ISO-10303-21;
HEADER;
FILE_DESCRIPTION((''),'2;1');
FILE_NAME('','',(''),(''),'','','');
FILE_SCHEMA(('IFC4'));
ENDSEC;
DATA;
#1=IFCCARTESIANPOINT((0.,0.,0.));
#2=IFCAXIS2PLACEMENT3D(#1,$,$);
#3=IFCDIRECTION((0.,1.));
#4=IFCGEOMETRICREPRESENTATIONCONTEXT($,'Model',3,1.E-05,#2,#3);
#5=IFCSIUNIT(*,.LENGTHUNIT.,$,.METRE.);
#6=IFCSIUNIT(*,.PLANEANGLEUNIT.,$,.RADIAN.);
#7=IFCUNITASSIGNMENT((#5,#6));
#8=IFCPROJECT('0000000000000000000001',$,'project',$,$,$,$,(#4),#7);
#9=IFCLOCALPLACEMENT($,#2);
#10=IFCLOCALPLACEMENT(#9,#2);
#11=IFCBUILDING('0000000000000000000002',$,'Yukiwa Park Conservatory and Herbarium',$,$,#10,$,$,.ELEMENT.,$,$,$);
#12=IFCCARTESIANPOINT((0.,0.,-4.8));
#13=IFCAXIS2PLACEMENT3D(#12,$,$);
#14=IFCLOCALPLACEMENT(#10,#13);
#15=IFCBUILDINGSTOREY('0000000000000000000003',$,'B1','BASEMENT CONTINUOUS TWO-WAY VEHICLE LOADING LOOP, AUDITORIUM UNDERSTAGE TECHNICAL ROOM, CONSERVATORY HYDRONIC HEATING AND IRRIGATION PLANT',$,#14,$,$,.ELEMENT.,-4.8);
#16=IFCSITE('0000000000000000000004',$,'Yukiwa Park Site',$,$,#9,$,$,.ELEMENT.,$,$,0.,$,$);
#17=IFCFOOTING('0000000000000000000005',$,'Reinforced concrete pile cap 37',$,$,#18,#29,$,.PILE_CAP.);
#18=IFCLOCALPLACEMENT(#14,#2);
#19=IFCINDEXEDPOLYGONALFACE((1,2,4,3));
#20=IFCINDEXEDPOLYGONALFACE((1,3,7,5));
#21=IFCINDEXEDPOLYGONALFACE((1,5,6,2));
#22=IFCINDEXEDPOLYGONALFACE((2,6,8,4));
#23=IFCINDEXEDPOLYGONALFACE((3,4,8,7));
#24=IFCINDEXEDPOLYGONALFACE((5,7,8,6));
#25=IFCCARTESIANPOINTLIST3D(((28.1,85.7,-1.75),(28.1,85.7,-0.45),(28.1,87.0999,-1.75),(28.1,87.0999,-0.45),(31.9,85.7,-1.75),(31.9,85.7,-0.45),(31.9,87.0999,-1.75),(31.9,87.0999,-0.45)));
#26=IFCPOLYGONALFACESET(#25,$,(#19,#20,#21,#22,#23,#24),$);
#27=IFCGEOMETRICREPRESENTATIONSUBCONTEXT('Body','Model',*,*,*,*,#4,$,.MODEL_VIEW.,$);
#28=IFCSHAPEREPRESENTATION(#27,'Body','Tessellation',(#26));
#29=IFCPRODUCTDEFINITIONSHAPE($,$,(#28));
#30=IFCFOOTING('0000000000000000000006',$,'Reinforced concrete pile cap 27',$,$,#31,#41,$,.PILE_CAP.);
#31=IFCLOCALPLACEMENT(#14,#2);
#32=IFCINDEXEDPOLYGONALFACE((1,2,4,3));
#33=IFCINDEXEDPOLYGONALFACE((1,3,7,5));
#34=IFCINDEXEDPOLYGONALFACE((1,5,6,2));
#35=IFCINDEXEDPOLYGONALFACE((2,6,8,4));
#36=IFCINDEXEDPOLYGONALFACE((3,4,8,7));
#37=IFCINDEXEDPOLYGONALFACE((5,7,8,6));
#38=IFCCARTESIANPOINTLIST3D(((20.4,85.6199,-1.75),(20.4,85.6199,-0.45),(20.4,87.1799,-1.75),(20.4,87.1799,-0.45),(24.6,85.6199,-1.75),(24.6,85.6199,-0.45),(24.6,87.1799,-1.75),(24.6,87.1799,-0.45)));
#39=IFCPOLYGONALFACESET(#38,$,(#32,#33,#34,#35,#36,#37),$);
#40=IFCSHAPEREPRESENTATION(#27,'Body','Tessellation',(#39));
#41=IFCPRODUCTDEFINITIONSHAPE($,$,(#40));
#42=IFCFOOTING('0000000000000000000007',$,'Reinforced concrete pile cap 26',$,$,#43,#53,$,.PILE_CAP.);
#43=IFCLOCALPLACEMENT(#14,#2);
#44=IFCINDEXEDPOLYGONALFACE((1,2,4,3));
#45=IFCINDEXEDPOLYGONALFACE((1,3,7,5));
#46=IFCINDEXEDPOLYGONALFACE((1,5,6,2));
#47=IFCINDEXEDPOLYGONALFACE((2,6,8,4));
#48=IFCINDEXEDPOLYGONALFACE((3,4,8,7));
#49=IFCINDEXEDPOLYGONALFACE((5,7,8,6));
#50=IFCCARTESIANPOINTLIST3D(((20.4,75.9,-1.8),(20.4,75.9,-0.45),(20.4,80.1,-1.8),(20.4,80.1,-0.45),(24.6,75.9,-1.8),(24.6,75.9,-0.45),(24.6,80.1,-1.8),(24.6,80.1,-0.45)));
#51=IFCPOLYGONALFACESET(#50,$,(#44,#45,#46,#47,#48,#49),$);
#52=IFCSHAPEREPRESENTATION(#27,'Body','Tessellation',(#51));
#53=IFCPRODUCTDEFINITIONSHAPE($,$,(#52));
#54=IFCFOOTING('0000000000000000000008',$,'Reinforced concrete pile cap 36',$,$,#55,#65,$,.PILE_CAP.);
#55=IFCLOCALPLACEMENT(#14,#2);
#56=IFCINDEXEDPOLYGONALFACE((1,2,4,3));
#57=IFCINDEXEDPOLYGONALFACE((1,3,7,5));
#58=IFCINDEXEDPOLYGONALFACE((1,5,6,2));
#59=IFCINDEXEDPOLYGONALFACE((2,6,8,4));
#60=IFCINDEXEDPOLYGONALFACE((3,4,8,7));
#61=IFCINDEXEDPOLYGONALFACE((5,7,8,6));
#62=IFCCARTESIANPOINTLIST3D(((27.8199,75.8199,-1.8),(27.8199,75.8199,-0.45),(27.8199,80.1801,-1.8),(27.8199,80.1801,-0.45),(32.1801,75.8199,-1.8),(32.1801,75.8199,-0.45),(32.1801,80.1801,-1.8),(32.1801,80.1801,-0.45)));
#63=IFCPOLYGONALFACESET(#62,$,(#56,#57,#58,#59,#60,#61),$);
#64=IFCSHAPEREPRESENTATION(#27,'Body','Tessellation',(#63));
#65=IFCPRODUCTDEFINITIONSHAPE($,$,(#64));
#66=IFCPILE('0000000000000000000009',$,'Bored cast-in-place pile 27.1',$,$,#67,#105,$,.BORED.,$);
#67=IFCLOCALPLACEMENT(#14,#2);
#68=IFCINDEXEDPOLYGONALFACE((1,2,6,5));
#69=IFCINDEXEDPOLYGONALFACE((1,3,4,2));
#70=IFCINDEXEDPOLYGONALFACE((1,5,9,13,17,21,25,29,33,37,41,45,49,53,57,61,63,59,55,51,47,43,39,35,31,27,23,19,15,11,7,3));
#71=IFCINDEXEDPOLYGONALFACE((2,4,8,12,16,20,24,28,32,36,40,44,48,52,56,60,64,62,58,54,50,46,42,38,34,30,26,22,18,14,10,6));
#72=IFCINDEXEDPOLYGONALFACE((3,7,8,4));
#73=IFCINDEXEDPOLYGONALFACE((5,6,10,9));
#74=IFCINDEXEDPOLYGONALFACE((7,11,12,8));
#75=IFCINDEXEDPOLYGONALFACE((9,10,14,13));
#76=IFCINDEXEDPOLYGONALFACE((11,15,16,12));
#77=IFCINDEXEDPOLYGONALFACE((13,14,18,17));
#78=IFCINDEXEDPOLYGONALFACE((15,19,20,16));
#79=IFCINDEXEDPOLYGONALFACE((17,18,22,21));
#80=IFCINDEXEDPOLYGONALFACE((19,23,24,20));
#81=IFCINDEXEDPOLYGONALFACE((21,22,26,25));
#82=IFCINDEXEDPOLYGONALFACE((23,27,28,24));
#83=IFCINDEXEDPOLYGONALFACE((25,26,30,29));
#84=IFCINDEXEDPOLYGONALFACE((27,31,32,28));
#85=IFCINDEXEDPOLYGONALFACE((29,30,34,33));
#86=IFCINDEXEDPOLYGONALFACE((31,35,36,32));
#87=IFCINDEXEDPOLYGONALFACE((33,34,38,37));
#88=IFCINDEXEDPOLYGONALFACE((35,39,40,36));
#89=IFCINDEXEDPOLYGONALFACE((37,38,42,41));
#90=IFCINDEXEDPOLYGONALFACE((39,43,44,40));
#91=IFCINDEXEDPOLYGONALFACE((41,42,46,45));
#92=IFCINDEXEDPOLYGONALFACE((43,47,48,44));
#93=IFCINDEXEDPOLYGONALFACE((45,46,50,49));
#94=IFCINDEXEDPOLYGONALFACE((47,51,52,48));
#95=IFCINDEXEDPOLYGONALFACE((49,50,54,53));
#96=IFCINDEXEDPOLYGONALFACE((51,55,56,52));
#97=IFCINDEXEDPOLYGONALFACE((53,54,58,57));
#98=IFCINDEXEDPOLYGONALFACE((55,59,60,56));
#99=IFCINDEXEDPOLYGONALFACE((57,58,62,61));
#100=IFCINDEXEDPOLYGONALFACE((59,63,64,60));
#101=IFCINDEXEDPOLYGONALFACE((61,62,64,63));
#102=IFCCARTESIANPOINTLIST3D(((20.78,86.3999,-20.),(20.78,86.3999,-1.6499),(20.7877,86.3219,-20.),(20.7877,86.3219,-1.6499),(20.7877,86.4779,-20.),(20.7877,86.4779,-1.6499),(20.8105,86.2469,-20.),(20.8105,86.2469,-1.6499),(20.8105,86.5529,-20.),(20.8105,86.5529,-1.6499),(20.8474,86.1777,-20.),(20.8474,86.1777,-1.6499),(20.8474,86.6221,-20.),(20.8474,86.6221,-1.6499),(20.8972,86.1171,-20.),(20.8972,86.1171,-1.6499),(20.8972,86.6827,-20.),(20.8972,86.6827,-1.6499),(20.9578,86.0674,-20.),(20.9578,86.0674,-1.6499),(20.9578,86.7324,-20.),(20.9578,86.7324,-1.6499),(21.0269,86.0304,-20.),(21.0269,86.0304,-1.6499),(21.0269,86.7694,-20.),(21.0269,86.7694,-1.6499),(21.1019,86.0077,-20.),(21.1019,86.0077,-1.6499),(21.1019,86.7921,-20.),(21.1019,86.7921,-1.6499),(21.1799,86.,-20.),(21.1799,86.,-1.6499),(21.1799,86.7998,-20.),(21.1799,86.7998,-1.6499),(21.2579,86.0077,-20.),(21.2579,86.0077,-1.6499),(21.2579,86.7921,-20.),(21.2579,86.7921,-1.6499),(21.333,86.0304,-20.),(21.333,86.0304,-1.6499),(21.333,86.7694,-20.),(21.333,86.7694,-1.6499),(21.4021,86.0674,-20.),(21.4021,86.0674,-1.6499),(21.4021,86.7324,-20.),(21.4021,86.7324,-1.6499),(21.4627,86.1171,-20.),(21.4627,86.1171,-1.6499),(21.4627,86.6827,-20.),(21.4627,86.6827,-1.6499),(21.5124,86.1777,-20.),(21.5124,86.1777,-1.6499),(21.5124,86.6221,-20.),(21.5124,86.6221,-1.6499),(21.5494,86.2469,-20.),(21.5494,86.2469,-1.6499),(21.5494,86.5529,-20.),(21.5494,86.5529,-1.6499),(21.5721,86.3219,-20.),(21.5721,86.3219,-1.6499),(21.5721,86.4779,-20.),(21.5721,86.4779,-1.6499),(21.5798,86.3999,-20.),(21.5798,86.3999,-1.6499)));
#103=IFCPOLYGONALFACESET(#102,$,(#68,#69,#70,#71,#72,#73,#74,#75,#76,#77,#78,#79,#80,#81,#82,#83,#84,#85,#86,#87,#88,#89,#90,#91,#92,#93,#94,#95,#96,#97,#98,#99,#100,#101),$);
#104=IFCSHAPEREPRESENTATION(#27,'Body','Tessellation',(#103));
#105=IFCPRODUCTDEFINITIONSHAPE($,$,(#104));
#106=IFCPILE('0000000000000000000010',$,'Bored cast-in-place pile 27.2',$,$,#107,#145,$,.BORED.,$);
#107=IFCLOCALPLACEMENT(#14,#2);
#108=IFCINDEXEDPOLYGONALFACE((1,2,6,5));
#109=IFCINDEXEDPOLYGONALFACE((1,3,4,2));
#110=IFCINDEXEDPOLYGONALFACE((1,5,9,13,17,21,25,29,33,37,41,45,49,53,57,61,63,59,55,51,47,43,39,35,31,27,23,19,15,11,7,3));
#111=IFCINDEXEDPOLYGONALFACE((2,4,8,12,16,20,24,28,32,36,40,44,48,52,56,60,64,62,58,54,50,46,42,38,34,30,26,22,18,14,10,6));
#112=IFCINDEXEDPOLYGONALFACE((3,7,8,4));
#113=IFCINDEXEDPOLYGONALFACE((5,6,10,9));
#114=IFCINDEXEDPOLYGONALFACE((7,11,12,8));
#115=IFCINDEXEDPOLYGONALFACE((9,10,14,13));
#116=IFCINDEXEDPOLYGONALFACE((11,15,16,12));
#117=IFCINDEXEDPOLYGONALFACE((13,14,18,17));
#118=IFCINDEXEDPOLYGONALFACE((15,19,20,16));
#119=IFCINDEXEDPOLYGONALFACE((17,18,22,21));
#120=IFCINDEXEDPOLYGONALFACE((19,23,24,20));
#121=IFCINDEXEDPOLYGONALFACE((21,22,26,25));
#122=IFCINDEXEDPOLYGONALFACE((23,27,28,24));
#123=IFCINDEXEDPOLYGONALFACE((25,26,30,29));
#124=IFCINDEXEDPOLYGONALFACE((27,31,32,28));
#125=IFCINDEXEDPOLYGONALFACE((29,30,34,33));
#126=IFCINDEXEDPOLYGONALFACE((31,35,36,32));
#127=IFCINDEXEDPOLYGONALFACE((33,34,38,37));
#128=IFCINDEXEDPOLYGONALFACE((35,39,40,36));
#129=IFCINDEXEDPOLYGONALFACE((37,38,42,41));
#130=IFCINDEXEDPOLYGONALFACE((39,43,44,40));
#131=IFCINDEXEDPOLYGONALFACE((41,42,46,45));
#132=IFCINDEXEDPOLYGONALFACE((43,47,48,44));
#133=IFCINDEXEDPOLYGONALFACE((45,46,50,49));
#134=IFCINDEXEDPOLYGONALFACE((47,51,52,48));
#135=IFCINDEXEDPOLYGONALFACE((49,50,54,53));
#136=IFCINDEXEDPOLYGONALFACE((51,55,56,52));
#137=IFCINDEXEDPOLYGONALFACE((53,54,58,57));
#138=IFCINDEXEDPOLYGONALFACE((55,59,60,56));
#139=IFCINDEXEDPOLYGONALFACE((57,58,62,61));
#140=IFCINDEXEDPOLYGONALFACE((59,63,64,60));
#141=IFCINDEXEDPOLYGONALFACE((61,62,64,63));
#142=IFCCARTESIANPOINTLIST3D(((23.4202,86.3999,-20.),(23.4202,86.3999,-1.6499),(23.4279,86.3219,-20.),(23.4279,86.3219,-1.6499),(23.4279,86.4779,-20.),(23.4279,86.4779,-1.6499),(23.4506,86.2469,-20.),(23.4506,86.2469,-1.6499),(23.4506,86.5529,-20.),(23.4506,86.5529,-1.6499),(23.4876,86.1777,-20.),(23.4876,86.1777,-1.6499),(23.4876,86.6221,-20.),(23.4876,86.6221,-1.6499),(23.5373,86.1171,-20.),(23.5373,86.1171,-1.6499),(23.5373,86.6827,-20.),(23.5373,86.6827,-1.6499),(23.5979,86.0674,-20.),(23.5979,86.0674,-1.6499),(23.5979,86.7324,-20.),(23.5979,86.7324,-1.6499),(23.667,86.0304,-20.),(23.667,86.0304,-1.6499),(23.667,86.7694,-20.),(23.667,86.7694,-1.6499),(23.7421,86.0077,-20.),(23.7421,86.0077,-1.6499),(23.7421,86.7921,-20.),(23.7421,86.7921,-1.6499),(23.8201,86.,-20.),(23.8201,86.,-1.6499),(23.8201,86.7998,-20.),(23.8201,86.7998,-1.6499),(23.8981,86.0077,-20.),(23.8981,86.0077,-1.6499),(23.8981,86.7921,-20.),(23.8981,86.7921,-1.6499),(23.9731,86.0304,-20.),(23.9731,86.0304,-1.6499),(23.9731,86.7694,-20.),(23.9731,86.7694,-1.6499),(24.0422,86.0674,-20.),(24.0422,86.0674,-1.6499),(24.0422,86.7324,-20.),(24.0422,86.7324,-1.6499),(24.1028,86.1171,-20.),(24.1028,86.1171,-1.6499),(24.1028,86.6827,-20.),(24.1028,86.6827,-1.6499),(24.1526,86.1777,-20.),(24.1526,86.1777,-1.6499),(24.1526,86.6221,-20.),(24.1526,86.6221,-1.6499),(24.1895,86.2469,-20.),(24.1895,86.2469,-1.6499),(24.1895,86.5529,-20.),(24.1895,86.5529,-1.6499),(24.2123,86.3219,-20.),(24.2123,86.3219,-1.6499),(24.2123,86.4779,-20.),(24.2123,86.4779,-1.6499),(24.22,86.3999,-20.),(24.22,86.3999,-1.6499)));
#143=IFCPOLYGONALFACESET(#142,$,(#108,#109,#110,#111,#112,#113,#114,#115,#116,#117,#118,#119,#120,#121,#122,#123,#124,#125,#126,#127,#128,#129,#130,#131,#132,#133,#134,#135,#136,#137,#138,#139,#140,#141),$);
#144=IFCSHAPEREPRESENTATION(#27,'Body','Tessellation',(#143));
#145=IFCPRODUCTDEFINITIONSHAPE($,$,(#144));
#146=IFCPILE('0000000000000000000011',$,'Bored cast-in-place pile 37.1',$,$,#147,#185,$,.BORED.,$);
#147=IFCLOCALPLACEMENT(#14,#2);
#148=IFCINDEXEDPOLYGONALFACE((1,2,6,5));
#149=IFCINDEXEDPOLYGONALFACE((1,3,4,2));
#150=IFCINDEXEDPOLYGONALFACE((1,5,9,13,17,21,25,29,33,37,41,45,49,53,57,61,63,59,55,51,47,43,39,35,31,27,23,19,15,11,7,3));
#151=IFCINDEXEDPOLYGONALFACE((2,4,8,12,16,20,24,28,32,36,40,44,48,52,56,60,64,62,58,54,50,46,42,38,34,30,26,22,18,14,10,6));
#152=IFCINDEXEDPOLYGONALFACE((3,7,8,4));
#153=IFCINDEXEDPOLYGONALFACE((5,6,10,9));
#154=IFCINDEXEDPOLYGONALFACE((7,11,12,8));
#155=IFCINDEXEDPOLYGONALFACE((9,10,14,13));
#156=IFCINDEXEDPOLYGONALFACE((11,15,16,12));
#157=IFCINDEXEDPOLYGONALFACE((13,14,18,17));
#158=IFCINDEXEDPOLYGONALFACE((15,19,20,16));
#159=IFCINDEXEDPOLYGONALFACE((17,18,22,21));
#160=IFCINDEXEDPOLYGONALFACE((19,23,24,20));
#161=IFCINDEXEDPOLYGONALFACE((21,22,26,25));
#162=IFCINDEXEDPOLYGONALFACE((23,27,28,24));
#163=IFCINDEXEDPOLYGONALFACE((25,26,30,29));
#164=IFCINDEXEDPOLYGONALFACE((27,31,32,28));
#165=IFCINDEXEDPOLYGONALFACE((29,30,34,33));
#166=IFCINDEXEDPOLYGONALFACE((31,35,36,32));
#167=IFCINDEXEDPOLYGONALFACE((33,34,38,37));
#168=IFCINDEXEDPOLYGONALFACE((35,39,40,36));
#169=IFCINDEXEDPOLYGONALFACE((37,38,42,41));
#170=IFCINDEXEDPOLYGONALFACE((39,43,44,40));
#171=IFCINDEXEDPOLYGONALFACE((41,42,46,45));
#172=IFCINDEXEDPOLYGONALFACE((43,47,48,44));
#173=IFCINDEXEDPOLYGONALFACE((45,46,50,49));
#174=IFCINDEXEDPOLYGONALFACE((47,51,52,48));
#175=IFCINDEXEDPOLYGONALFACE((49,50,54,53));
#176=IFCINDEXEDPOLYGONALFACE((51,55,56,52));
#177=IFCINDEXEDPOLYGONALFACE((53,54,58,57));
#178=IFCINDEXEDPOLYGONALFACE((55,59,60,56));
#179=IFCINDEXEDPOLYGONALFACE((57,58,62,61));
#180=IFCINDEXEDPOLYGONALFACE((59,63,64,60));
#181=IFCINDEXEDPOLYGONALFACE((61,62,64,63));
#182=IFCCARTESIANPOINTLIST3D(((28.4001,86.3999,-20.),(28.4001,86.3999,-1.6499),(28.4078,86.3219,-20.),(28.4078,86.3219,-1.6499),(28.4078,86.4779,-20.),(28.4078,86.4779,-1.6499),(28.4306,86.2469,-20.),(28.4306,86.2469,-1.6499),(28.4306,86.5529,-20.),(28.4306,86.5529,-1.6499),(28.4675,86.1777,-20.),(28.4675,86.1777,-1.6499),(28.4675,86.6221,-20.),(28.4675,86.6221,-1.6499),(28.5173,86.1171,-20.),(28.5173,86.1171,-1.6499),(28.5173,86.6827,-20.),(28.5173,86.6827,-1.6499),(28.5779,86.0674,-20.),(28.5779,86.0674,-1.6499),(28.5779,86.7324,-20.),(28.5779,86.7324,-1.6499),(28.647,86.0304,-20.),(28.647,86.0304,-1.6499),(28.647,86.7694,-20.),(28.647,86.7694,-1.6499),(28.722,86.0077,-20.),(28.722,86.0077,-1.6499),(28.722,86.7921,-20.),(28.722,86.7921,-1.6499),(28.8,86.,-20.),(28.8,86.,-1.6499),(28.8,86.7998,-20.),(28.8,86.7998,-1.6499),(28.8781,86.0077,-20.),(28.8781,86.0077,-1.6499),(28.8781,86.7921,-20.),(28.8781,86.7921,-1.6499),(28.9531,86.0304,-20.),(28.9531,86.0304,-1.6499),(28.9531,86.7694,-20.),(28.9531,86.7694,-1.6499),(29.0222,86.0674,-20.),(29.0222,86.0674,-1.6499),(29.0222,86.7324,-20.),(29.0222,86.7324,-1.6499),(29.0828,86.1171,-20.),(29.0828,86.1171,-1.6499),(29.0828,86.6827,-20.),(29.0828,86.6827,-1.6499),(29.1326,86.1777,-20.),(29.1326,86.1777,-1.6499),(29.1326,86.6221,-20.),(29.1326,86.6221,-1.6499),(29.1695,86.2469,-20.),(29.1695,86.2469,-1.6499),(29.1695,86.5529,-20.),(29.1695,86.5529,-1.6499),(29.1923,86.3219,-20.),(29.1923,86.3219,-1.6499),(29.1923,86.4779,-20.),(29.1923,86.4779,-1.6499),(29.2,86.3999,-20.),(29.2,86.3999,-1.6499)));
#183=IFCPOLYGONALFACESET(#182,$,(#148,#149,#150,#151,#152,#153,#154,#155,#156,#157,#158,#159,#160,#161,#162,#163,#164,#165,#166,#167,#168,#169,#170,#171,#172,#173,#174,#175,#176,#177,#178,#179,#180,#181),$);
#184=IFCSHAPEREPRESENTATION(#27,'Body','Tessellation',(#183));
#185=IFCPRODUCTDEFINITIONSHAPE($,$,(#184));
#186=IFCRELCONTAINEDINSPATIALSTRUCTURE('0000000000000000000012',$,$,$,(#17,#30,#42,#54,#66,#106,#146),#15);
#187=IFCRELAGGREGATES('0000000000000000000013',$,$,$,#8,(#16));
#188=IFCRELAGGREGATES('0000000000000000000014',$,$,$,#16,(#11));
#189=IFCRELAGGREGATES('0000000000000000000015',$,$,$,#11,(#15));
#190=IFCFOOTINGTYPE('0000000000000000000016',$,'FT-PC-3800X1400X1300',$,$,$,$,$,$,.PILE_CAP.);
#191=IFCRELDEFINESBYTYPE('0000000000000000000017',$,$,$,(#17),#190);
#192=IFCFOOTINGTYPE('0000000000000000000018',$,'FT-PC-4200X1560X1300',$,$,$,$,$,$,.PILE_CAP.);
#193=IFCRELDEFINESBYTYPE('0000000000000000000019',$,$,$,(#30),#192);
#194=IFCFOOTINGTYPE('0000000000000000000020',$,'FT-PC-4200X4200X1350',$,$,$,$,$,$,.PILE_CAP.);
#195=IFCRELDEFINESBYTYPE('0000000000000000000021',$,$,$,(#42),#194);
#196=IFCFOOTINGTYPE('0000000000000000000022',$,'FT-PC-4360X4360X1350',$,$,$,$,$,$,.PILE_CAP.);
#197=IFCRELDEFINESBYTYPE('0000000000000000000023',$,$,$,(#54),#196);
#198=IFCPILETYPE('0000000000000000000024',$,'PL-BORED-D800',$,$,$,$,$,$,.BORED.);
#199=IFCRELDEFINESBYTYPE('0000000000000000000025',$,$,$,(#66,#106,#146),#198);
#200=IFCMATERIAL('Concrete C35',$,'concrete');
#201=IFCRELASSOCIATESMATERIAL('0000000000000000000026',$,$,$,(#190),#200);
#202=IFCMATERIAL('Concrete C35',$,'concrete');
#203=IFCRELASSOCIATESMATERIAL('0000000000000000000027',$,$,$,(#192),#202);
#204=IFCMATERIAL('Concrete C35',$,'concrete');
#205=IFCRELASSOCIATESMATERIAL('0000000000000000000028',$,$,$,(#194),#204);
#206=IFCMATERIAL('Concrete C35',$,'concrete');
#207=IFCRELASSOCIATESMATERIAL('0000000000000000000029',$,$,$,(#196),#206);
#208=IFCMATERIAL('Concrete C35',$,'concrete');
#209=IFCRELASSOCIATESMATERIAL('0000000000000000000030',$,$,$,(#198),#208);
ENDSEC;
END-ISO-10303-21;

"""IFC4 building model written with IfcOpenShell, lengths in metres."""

from ifc_helpers import new_model, si_unit, direction, frame, origin, origin_2d, place, context, subcontext, project, spatial, rectangle, circle, extrude, material, material_profile, profile_set, type_object, element, save


model = new_model("IFC4")

# Units and contexts
model_context = context("Model", 3, precision=1e-05, world=origin(), true_north=direction((0.0, 1.0)))
body_context = subcontext(model_context, "Body", "Model", "MODEL_VIEW")
ifc_project = project(units=[si_unit("LENGTHUNIT", "METRE"), si_unit("PLANEANGLEUNIT", "RADIAN")], contexts=[model_context])

# Site, building, storey
site_placement = place(None, origin())
site = spatial("IfcSite", under=ifc_project, at=site_placement, Name="Yukiwa Park Site", CompositionType="ELEMENT", RefElevation=0.0)
building_placement = place(site_placement, origin())
building = spatial("IfcBuilding", under=site, at=building_placement, Name="Yukiwa Park Conservatory and Herbarium", CompositionType="ELEMENT")
storey_placement = place(building_placement, frame((0.0, 0.0, -4.8)))
storey = spatial("IfcBuildingStorey", under=building, at=storey_placement, Name="B1", Description="BASEMENT CONTINUOUS TWO-WAY VEHICLE LOADING LOOP, AUDITORIUM UNDERSTAGE TECHNICAL ROOM, CONSERVATORY HYDRONIC HEATING AND IRRIGATION PLANT", CompositionType="ELEMENT", Elevation=-4.8)

# Footings
ifc_material_1 = material(Name="Concrete C35", Category="concrete")
footing_type_1 = type_object("IfcFootingType", Name="FT-PC-3800X1400X1300", PredefinedType="PILE_CAP", material=ifc_material_1)
footing_1_placement = place(storey_placement, frame((30.0, 86.3999, -1.75), z_axis=(0.0, 0.0, 1.0), x_axis=(1.0, 0.0, 0.0)))
element("IfcFooting", 1, at=footing_1_placement, inside=storey, type_object=footing_type_1, Name="Reinforced concrete pile cap 37", PredefinedType="PILE_CAP", context=body_context, shape_type="SweptSolid", body=[
    extrude(rectangle(XDim=3.8, YDim=1.3999, at=origin_2d()), origin(), (0.0, 0.0, 1.0), 1.3),
])
ifc_material_2 = material(Name="Concrete C35", Category="concrete")
footing_type_2 = type_object("IfcFootingType", Name="FT-PC-4200X1560X1300", PredefinedType="PILE_CAP", material=ifc_material_2)
footing_2_placement = place(storey_placement, frame((22.5, 86.3999, -1.75), z_axis=(0.0, 0.0, 1.0), x_axis=(1.0, 0.0, 0.0)))
element("IfcFooting", 2, at=footing_2_placement, inside=storey, type_object=footing_type_2, Name="Reinforced concrete pile cap 27", PredefinedType="PILE_CAP", context=body_context, shape_type="SweptSolid", body=[
    extrude(rectangle(XDim=4.2, YDim=1.5601, at=origin_2d()), origin(), (0.0, 0.0, 1.0), 1.3),
])
ifc_material_3 = material(Name="Concrete C35", Category="concrete")
footing_type_3 = type_object("IfcFootingType", Name="FT-PC-4200X4200X1350", PredefinedType="PILE_CAP", material=ifc_material_3)
footing_3_placement = place(storey_placement, frame((22.5, 78.0, -1.8), z_axis=(0.0, 0.0, 1.0), x_axis=(1.0, 0.0, 0.0)))
element("IfcFooting", 3, at=footing_3_placement, inside=storey, type_object=footing_type_3, Name="Reinforced concrete pile cap 26", PredefinedType="PILE_CAP", context=body_context, shape_type="SweptSolid", body=[
    extrude(rectangle(XDim=4.2, YDim=4.2, at=origin_2d()), origin(), (0.0, 0.0, 1.0), 1.3501),
])
ifc_material_4 = material(Name="Concrete C35", Category="concrete")
footing_type_4 = type_object("IfcFootingType", Name="FT-PC-4360X4360X1350", PredefinedType="PILE_CAP", material=ifc_material_4)
footing_4_placement = place(storey_placement, frame((30.0, 78.0, -1.8), z_axis=(0.0, 0.0, 1.0), x_axis=(1.0, 0.0, 0.0)))
element("IfcFooting", 4, at=footing_4_placement, inside=storey, type_object=footing_type_4, Name="Reinforced concrete pile cap 36", PredefinedType="PILE_CAP", context=body_context, shape_type="SweptSolid", body=[
    extrude(rectangle(XDim=4.3601, YDim=4.3601, at=origin_2d()), origin(), (0.0, 0.0, 1.0), 1.3501),
])

# Piles
ifc_material_5 = material(Name="Concrete C35", Category="concrete")
ifc_material_profile_1 = material_profile(ifc_material_5, circle(Radius=0.3999, at=origin_2d()), Name="PILE D800")
ifc_profile_set_1 = profile_set([ifc_material_profile_1], Name="Concrete C35")
pile_type_1 = type_object("IfcPileType", Name="PL-BORED-D800", PredefinedType="BORED", material=ifc_profile_set_1)
for number, where, z_axis, x_axis, name in (
    (5, (21.1799, 86.3999, -1.6499), (0.0, 0.0, -1.0), (1.0, 0.0, 0.0), "Bored cast-in-place pile 27.1"),
    (6, (23.8201, 86.3999, -1.6499), (0.0, 0.0, -1.0), (1.0, 0.0, 0.0), "Bored cast-in-place pile 27.2"),
    (7, (28.8, 86.3999, -1.6499), (0.0, 0.0, -1.0), (1.0, 0.0, 0.0), "Bored cast-in-place pile 37.1"),
):
    element("IfcPile", number, at=place(storey_placement, frame(where, z_axis=z_axis, x_axis=x_axis)), inside=storey, type_object=pile_type_1, Name=name, PredefinedType="BORED", context=body_context, shape_type="SweptSolid", body=[
        extrude(circle(Radius=0.3999, at=origin_2d()), origin(), (0.0, 0.0, 1.0), 18.3501),
    ])

save(model, "model.ifc")
